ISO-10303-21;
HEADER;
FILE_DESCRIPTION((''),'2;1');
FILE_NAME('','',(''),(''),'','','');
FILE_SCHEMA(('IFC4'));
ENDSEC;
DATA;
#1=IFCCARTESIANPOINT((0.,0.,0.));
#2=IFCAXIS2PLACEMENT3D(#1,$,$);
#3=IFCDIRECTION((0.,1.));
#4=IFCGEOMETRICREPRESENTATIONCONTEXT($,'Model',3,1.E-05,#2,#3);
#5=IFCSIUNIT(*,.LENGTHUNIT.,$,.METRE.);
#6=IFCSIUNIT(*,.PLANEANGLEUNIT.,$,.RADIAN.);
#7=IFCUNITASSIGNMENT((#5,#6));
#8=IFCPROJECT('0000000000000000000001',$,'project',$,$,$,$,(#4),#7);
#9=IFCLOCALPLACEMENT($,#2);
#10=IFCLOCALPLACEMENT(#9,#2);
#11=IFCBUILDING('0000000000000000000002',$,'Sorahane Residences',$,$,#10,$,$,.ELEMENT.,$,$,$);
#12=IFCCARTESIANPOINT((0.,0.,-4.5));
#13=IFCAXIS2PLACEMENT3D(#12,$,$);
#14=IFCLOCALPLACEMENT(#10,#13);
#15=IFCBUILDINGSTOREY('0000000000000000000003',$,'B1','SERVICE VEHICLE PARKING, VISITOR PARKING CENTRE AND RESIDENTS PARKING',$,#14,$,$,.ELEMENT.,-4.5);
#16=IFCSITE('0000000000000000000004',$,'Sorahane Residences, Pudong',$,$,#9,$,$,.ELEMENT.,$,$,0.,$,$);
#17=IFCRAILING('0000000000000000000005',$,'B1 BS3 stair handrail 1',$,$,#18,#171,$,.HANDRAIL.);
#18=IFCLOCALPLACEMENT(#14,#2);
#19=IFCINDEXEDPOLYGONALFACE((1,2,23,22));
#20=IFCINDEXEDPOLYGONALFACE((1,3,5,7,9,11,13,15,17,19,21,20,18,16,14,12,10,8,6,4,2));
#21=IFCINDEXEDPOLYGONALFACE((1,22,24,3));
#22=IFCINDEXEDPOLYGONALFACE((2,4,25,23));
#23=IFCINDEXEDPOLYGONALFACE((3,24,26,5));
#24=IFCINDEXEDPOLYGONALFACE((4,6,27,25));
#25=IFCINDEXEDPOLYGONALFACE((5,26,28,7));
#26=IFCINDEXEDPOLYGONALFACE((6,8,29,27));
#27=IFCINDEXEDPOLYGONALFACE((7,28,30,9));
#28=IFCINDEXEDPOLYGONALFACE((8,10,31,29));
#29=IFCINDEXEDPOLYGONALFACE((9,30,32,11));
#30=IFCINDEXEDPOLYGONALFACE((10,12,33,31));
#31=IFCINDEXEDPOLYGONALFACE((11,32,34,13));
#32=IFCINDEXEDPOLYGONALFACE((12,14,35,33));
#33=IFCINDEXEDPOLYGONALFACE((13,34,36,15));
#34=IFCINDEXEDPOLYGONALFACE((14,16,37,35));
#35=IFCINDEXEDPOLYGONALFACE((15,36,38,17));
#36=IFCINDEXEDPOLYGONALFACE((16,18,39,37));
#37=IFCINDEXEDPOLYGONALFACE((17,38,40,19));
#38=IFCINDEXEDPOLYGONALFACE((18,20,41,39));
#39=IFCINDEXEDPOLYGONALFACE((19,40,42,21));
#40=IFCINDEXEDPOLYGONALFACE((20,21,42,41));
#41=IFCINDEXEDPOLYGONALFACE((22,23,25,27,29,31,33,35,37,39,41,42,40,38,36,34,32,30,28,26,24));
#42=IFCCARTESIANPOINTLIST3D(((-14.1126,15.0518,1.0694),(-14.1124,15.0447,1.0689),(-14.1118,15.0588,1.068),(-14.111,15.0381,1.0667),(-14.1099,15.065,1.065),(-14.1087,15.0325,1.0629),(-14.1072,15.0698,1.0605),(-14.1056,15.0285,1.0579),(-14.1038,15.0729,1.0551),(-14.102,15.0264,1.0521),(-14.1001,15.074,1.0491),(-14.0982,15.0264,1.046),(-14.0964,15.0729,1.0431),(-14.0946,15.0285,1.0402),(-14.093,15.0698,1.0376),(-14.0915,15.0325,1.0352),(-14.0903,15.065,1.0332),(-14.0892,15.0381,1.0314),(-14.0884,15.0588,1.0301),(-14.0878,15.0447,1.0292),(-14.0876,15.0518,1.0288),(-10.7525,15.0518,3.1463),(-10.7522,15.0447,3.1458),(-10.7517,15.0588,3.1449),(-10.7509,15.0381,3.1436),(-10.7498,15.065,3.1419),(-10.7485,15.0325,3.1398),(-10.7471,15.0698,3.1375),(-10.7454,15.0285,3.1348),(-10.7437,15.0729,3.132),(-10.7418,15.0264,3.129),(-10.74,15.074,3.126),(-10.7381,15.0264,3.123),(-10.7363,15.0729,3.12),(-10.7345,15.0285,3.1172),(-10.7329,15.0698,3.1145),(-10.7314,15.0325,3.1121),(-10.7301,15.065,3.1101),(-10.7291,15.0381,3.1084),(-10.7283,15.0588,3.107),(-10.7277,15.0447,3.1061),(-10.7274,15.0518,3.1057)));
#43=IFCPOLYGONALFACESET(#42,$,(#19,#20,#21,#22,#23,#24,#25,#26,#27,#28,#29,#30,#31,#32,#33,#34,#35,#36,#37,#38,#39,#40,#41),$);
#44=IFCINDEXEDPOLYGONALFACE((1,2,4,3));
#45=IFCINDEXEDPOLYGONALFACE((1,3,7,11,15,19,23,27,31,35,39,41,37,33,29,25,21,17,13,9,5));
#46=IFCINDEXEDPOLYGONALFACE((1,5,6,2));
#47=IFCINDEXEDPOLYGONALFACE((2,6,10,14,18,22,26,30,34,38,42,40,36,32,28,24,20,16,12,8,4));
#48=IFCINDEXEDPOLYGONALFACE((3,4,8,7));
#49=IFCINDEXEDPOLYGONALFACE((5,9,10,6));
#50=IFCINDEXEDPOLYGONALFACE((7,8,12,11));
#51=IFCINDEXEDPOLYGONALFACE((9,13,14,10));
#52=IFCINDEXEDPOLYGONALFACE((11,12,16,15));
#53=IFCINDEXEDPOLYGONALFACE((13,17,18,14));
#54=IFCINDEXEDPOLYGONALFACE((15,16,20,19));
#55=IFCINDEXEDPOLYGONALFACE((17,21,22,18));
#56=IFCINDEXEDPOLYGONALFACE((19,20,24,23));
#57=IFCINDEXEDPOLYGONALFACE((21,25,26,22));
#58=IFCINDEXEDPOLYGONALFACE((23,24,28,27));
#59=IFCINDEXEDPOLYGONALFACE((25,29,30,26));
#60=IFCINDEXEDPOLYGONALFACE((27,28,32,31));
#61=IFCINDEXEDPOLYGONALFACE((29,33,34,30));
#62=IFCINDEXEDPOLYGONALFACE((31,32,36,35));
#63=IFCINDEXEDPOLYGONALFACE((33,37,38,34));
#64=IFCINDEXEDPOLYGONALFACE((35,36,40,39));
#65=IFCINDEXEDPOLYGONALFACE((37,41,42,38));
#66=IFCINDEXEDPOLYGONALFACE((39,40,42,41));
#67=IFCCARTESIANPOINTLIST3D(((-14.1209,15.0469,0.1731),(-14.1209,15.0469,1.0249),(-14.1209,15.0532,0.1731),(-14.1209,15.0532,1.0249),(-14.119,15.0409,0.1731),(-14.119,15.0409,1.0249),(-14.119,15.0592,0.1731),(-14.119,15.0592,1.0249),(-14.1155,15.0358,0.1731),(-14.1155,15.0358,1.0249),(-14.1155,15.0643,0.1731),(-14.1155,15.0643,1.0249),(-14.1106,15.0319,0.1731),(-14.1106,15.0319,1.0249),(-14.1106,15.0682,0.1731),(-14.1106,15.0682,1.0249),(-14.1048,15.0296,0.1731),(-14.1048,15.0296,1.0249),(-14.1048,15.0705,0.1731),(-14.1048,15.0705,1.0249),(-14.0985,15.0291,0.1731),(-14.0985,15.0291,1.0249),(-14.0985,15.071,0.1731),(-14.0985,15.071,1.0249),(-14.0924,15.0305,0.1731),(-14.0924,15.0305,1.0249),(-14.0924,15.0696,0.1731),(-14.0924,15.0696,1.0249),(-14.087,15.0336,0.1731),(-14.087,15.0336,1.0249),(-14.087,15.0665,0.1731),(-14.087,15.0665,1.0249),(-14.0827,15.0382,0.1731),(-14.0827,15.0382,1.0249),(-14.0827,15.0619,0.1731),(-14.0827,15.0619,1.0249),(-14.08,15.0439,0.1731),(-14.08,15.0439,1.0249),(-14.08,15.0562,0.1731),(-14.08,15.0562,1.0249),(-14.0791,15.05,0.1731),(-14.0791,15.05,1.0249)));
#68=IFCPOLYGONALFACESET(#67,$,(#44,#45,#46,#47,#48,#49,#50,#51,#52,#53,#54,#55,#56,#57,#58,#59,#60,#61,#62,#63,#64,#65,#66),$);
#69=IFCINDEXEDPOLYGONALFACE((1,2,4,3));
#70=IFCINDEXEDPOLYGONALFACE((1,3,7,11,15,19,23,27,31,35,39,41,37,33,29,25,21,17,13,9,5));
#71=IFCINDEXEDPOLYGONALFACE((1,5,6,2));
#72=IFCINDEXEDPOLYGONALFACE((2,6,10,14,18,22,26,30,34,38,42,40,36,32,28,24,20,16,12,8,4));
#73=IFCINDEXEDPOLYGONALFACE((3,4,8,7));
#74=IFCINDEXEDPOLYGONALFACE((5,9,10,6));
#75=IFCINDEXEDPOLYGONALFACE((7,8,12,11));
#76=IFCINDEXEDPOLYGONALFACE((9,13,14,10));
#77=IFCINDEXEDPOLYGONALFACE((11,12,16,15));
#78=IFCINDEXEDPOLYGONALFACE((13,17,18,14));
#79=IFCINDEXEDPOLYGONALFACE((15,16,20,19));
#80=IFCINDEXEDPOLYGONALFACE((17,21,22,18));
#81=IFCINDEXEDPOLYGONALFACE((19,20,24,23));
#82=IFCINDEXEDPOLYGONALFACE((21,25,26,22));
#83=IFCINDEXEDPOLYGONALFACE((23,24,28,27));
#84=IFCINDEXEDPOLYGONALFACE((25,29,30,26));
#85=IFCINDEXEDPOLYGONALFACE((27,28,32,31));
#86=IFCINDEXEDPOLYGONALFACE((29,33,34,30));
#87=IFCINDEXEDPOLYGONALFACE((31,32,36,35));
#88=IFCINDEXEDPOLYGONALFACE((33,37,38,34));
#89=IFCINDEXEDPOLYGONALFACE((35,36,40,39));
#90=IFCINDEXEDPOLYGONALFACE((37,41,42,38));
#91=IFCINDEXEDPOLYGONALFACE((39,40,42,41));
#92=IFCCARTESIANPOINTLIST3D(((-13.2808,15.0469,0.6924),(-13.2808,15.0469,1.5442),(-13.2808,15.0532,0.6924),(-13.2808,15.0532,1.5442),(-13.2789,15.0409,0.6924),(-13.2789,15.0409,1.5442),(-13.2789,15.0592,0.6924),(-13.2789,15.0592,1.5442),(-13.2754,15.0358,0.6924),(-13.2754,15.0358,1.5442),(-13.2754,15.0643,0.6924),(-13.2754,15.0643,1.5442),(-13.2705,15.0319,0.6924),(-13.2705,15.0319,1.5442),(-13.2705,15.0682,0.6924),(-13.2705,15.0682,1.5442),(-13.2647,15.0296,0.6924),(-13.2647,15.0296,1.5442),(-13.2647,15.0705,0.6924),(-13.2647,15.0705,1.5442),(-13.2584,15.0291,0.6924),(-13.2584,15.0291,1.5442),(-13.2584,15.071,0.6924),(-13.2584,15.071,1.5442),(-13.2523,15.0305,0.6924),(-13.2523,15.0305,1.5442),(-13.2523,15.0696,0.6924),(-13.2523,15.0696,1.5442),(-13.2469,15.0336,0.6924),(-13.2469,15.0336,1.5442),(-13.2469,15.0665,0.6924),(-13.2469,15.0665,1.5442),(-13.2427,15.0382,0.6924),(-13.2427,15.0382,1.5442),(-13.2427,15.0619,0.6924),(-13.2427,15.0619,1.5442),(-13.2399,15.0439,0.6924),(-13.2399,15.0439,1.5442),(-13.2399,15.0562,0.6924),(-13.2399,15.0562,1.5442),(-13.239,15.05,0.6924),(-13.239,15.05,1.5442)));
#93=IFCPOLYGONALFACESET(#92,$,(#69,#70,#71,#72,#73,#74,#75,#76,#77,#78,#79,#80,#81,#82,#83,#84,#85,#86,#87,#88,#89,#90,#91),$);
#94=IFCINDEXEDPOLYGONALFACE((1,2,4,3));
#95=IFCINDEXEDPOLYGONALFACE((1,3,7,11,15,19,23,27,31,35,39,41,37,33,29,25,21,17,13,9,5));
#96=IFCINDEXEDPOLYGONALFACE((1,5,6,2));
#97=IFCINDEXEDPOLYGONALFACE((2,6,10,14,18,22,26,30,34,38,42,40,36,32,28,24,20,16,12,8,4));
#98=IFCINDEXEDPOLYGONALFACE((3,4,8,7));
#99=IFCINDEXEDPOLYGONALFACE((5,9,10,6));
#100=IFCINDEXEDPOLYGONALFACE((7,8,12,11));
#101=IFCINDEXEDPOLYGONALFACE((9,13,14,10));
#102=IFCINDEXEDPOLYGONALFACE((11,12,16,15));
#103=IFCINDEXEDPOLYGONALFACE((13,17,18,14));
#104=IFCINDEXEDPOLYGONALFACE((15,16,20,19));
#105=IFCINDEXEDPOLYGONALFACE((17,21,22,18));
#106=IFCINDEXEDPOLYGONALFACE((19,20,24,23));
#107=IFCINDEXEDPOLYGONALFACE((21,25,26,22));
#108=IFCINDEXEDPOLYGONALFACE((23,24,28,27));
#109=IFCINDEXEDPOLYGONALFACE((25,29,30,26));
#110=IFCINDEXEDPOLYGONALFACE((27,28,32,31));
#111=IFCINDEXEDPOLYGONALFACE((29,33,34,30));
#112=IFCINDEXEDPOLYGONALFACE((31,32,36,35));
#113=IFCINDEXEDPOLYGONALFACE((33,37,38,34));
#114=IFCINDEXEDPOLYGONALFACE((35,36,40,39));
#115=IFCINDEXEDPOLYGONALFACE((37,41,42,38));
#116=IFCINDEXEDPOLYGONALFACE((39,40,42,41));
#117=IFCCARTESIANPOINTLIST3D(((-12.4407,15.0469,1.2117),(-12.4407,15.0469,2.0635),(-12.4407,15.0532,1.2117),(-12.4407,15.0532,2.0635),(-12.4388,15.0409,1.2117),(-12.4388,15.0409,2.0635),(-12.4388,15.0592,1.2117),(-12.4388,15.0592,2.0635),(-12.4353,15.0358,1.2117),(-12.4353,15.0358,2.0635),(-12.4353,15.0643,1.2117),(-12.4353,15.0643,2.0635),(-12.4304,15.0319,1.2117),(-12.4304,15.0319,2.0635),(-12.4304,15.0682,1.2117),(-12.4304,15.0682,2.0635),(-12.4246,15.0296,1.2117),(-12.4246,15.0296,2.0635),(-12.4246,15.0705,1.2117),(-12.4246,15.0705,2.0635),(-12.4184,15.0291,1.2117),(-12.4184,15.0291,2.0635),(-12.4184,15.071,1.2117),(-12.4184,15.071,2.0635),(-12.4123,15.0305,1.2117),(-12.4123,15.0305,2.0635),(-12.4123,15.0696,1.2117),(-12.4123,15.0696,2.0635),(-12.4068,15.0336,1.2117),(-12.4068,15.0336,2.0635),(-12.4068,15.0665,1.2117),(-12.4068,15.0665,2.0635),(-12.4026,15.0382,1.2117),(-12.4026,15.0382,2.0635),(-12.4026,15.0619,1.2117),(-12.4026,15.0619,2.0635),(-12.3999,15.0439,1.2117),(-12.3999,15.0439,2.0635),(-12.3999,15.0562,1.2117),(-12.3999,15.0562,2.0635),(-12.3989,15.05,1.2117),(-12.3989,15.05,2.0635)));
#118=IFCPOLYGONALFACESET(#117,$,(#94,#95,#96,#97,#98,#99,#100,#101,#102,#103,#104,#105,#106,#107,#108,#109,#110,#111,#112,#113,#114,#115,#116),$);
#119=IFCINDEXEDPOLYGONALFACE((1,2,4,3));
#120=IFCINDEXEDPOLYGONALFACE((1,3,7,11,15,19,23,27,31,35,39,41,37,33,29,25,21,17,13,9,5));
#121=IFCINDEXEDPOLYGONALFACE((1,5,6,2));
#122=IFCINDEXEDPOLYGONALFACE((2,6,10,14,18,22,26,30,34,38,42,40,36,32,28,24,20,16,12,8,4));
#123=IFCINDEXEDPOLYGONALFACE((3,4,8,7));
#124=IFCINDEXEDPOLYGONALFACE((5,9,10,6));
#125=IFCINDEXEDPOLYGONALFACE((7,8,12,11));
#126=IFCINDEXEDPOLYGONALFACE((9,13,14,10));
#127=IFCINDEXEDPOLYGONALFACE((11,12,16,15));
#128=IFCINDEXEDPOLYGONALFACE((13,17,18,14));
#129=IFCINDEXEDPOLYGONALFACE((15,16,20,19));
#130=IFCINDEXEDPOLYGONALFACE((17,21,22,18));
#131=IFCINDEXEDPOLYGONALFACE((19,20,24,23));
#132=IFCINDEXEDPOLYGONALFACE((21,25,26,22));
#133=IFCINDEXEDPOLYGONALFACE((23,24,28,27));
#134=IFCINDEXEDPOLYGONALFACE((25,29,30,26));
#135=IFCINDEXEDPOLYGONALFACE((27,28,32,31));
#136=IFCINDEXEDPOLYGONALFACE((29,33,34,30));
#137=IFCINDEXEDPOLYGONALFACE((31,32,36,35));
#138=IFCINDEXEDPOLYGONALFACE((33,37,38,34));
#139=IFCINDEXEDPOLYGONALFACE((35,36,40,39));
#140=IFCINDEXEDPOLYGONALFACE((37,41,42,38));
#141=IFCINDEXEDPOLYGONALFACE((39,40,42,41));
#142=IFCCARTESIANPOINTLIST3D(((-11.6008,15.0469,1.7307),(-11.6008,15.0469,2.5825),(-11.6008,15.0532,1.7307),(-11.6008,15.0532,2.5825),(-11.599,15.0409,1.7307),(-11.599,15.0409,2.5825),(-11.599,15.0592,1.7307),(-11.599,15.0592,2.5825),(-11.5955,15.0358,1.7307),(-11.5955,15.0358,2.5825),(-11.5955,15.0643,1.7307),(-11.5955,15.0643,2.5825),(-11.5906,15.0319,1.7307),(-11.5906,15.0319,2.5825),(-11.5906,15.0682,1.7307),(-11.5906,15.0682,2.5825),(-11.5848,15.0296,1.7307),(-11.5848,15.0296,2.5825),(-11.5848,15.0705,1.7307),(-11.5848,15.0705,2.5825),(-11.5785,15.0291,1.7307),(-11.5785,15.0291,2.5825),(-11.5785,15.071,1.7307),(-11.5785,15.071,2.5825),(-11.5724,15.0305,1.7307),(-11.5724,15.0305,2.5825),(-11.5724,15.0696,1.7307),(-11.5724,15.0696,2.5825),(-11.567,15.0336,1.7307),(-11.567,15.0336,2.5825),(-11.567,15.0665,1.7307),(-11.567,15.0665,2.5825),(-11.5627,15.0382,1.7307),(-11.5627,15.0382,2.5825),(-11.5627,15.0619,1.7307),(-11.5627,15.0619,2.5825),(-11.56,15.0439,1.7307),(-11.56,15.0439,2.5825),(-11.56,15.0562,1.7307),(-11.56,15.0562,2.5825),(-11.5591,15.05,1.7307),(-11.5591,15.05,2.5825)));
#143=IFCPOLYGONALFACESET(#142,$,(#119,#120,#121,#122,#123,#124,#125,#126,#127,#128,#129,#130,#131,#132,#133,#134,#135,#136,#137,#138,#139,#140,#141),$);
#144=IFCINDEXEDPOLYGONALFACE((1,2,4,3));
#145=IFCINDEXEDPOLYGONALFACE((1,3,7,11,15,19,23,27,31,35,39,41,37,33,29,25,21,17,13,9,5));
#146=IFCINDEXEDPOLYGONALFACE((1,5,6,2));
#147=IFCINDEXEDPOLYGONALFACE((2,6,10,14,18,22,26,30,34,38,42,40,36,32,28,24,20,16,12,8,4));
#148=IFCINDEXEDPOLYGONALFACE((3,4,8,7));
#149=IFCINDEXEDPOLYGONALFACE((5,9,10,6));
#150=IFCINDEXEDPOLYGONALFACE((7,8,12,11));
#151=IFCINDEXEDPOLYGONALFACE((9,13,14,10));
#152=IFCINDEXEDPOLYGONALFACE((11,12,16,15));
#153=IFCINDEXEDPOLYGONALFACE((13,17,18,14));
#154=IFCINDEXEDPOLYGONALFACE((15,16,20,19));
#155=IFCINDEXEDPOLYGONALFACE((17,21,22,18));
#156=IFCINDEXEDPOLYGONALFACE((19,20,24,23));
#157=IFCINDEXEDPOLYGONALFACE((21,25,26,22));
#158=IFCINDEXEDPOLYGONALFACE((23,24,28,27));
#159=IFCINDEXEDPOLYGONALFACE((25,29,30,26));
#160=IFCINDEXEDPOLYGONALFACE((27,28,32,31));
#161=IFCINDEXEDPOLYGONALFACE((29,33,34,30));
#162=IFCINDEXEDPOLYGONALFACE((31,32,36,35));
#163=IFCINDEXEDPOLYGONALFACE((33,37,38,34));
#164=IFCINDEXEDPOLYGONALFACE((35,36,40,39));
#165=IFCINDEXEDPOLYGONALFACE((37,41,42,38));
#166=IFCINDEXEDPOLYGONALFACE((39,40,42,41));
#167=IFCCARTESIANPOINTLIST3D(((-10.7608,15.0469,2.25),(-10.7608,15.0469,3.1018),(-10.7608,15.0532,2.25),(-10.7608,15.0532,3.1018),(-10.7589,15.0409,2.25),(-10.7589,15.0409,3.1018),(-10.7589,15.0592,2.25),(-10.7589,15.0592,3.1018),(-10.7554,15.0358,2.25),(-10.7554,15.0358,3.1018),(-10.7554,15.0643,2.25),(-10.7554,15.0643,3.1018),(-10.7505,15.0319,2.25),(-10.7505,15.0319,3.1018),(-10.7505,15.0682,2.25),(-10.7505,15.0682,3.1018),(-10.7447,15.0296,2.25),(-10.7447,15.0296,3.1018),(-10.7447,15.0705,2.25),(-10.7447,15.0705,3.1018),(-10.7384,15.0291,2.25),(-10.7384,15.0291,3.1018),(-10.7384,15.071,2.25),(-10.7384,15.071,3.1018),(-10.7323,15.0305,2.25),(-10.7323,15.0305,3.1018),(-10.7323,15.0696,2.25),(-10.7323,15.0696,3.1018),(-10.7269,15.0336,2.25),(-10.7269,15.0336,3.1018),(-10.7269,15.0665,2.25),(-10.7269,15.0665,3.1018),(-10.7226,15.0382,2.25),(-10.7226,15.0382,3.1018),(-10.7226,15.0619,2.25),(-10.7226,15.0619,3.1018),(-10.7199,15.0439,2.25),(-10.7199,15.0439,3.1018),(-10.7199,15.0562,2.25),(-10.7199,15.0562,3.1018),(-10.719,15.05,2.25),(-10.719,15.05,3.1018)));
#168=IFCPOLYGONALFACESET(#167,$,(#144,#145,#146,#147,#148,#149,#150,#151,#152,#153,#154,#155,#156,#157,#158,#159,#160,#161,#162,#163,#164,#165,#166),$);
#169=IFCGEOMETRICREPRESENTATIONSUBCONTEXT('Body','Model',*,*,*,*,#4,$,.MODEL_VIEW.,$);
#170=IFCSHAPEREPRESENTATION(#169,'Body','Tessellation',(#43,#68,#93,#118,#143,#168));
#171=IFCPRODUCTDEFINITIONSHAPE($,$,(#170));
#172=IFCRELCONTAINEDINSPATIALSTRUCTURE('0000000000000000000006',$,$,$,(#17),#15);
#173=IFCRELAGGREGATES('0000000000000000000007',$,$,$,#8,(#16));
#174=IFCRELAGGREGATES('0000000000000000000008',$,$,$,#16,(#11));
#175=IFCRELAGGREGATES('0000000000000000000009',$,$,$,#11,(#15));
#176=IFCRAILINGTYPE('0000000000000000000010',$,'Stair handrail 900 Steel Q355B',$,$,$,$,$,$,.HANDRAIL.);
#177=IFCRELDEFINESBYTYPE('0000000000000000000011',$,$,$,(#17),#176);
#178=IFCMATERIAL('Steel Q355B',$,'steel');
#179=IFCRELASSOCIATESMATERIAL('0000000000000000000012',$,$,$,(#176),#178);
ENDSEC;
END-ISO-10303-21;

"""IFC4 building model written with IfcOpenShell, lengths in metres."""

from ifc_helpers import new_model, si_unit, direction, frame, origin, origin_2d, place, context, subcontext, project, spatial, circle, extrude, material, type_object, element, save


model = new_model("IFC4")

# Units and contexts
model_context = context("Model", 3, precision=1e-05, world=origin(), true_north=direction((0.0, 1.0)))
body_context = subcontext(model_context, "Body", "Model", "MODEL_VIEW")
ifc_project = project(units=[si_unit("LENGTHUNIT", "METRE"), si_unit("PLANEANGLEUNIT", "RADIAN")], contexts=[model_context])

# Site, building, storey
site_placement = place(None, origin())
site = spatial("IfcSite", under=ifc_project, at=site_placement, Name="Sorahane Residences, Pudong", CompositionType="ELEMENT", RefElevation=0.0)
building_placement = place(site_placement, origin())
building = spatial("IfcBuilding", under=site, at=building_placement, Name="Sorahane Residences", CompositionType="ELEMENT")
storey_placement = place(building_placement, frame((0.0, 0.0, -4.5)))
storey = spatial("IfcBuildingStorey", under=building, at=storey_placement, Name="B1", Description="SERVICE VEHICLE PARKING, VISITOR PARKING CENTRE AND RESIDENTS PARKING", CompositionType="ELEMENT", Elevation=-4.5)

# Railing
ifc_material_1 = material(Name="Steel Q355B", Category="steel")
railing_type_1 = type_object("IfcRailingType", Name="Stair handrail 900 Steel Q355B", PredefinedType="HANDRAIL", material=ifc_material_1)
railing_1_placement = place(storey_placement, frame((-14.1001, 15.05, 0.1731)))
element("IfcRailing", 1, at=railing_1_placement, inside=storey, type_object=railing_type_1, Name="B1 BS3 stair handrail 1", PredefinedType="HANDRAIL", context=body_context, shape_type="SweptSolid", body=[
    extrude(circle(Radius=0.0239, at=origin_2d()), frame((0.0, 0.0, 0.876), z_axis=(0.850623, 0.0, 0.525776), x_axis=(0.0, 1.0, 0.0)), (0.0, 0.0, 1.0), 3.9502),
    extrude(circle(Radius=0.021, at=origin_2d()), origin(), (0.0, 0.0, 1.0), 0.8518),
    extrude(circle(Radius=0.021, at=origin_2d()), frame((0.8401, 0.0, 0.5193)), (0.0, 0.0, 1.0), 0.8518),
    extrude(circle(Radius=0.021, at=origin_2d()), frame((1.6802, 0.0, 1.0386)), (0.0, 0.0, 1.0), 0.8518),
    extrude(circle(Radius=0.021, at=origin_2d()), frame((2.52, 0.0, 1.5576)), (0.0, 0.0, 1.0), 0.8518),
    extrude(circle(Radius=0.021, at=origin_2d()), frame((3.3601, 0.0, 2.0769)), (0.0, 0.0, 1.0), 0.8518),
])

save(model, "model.ifc")
